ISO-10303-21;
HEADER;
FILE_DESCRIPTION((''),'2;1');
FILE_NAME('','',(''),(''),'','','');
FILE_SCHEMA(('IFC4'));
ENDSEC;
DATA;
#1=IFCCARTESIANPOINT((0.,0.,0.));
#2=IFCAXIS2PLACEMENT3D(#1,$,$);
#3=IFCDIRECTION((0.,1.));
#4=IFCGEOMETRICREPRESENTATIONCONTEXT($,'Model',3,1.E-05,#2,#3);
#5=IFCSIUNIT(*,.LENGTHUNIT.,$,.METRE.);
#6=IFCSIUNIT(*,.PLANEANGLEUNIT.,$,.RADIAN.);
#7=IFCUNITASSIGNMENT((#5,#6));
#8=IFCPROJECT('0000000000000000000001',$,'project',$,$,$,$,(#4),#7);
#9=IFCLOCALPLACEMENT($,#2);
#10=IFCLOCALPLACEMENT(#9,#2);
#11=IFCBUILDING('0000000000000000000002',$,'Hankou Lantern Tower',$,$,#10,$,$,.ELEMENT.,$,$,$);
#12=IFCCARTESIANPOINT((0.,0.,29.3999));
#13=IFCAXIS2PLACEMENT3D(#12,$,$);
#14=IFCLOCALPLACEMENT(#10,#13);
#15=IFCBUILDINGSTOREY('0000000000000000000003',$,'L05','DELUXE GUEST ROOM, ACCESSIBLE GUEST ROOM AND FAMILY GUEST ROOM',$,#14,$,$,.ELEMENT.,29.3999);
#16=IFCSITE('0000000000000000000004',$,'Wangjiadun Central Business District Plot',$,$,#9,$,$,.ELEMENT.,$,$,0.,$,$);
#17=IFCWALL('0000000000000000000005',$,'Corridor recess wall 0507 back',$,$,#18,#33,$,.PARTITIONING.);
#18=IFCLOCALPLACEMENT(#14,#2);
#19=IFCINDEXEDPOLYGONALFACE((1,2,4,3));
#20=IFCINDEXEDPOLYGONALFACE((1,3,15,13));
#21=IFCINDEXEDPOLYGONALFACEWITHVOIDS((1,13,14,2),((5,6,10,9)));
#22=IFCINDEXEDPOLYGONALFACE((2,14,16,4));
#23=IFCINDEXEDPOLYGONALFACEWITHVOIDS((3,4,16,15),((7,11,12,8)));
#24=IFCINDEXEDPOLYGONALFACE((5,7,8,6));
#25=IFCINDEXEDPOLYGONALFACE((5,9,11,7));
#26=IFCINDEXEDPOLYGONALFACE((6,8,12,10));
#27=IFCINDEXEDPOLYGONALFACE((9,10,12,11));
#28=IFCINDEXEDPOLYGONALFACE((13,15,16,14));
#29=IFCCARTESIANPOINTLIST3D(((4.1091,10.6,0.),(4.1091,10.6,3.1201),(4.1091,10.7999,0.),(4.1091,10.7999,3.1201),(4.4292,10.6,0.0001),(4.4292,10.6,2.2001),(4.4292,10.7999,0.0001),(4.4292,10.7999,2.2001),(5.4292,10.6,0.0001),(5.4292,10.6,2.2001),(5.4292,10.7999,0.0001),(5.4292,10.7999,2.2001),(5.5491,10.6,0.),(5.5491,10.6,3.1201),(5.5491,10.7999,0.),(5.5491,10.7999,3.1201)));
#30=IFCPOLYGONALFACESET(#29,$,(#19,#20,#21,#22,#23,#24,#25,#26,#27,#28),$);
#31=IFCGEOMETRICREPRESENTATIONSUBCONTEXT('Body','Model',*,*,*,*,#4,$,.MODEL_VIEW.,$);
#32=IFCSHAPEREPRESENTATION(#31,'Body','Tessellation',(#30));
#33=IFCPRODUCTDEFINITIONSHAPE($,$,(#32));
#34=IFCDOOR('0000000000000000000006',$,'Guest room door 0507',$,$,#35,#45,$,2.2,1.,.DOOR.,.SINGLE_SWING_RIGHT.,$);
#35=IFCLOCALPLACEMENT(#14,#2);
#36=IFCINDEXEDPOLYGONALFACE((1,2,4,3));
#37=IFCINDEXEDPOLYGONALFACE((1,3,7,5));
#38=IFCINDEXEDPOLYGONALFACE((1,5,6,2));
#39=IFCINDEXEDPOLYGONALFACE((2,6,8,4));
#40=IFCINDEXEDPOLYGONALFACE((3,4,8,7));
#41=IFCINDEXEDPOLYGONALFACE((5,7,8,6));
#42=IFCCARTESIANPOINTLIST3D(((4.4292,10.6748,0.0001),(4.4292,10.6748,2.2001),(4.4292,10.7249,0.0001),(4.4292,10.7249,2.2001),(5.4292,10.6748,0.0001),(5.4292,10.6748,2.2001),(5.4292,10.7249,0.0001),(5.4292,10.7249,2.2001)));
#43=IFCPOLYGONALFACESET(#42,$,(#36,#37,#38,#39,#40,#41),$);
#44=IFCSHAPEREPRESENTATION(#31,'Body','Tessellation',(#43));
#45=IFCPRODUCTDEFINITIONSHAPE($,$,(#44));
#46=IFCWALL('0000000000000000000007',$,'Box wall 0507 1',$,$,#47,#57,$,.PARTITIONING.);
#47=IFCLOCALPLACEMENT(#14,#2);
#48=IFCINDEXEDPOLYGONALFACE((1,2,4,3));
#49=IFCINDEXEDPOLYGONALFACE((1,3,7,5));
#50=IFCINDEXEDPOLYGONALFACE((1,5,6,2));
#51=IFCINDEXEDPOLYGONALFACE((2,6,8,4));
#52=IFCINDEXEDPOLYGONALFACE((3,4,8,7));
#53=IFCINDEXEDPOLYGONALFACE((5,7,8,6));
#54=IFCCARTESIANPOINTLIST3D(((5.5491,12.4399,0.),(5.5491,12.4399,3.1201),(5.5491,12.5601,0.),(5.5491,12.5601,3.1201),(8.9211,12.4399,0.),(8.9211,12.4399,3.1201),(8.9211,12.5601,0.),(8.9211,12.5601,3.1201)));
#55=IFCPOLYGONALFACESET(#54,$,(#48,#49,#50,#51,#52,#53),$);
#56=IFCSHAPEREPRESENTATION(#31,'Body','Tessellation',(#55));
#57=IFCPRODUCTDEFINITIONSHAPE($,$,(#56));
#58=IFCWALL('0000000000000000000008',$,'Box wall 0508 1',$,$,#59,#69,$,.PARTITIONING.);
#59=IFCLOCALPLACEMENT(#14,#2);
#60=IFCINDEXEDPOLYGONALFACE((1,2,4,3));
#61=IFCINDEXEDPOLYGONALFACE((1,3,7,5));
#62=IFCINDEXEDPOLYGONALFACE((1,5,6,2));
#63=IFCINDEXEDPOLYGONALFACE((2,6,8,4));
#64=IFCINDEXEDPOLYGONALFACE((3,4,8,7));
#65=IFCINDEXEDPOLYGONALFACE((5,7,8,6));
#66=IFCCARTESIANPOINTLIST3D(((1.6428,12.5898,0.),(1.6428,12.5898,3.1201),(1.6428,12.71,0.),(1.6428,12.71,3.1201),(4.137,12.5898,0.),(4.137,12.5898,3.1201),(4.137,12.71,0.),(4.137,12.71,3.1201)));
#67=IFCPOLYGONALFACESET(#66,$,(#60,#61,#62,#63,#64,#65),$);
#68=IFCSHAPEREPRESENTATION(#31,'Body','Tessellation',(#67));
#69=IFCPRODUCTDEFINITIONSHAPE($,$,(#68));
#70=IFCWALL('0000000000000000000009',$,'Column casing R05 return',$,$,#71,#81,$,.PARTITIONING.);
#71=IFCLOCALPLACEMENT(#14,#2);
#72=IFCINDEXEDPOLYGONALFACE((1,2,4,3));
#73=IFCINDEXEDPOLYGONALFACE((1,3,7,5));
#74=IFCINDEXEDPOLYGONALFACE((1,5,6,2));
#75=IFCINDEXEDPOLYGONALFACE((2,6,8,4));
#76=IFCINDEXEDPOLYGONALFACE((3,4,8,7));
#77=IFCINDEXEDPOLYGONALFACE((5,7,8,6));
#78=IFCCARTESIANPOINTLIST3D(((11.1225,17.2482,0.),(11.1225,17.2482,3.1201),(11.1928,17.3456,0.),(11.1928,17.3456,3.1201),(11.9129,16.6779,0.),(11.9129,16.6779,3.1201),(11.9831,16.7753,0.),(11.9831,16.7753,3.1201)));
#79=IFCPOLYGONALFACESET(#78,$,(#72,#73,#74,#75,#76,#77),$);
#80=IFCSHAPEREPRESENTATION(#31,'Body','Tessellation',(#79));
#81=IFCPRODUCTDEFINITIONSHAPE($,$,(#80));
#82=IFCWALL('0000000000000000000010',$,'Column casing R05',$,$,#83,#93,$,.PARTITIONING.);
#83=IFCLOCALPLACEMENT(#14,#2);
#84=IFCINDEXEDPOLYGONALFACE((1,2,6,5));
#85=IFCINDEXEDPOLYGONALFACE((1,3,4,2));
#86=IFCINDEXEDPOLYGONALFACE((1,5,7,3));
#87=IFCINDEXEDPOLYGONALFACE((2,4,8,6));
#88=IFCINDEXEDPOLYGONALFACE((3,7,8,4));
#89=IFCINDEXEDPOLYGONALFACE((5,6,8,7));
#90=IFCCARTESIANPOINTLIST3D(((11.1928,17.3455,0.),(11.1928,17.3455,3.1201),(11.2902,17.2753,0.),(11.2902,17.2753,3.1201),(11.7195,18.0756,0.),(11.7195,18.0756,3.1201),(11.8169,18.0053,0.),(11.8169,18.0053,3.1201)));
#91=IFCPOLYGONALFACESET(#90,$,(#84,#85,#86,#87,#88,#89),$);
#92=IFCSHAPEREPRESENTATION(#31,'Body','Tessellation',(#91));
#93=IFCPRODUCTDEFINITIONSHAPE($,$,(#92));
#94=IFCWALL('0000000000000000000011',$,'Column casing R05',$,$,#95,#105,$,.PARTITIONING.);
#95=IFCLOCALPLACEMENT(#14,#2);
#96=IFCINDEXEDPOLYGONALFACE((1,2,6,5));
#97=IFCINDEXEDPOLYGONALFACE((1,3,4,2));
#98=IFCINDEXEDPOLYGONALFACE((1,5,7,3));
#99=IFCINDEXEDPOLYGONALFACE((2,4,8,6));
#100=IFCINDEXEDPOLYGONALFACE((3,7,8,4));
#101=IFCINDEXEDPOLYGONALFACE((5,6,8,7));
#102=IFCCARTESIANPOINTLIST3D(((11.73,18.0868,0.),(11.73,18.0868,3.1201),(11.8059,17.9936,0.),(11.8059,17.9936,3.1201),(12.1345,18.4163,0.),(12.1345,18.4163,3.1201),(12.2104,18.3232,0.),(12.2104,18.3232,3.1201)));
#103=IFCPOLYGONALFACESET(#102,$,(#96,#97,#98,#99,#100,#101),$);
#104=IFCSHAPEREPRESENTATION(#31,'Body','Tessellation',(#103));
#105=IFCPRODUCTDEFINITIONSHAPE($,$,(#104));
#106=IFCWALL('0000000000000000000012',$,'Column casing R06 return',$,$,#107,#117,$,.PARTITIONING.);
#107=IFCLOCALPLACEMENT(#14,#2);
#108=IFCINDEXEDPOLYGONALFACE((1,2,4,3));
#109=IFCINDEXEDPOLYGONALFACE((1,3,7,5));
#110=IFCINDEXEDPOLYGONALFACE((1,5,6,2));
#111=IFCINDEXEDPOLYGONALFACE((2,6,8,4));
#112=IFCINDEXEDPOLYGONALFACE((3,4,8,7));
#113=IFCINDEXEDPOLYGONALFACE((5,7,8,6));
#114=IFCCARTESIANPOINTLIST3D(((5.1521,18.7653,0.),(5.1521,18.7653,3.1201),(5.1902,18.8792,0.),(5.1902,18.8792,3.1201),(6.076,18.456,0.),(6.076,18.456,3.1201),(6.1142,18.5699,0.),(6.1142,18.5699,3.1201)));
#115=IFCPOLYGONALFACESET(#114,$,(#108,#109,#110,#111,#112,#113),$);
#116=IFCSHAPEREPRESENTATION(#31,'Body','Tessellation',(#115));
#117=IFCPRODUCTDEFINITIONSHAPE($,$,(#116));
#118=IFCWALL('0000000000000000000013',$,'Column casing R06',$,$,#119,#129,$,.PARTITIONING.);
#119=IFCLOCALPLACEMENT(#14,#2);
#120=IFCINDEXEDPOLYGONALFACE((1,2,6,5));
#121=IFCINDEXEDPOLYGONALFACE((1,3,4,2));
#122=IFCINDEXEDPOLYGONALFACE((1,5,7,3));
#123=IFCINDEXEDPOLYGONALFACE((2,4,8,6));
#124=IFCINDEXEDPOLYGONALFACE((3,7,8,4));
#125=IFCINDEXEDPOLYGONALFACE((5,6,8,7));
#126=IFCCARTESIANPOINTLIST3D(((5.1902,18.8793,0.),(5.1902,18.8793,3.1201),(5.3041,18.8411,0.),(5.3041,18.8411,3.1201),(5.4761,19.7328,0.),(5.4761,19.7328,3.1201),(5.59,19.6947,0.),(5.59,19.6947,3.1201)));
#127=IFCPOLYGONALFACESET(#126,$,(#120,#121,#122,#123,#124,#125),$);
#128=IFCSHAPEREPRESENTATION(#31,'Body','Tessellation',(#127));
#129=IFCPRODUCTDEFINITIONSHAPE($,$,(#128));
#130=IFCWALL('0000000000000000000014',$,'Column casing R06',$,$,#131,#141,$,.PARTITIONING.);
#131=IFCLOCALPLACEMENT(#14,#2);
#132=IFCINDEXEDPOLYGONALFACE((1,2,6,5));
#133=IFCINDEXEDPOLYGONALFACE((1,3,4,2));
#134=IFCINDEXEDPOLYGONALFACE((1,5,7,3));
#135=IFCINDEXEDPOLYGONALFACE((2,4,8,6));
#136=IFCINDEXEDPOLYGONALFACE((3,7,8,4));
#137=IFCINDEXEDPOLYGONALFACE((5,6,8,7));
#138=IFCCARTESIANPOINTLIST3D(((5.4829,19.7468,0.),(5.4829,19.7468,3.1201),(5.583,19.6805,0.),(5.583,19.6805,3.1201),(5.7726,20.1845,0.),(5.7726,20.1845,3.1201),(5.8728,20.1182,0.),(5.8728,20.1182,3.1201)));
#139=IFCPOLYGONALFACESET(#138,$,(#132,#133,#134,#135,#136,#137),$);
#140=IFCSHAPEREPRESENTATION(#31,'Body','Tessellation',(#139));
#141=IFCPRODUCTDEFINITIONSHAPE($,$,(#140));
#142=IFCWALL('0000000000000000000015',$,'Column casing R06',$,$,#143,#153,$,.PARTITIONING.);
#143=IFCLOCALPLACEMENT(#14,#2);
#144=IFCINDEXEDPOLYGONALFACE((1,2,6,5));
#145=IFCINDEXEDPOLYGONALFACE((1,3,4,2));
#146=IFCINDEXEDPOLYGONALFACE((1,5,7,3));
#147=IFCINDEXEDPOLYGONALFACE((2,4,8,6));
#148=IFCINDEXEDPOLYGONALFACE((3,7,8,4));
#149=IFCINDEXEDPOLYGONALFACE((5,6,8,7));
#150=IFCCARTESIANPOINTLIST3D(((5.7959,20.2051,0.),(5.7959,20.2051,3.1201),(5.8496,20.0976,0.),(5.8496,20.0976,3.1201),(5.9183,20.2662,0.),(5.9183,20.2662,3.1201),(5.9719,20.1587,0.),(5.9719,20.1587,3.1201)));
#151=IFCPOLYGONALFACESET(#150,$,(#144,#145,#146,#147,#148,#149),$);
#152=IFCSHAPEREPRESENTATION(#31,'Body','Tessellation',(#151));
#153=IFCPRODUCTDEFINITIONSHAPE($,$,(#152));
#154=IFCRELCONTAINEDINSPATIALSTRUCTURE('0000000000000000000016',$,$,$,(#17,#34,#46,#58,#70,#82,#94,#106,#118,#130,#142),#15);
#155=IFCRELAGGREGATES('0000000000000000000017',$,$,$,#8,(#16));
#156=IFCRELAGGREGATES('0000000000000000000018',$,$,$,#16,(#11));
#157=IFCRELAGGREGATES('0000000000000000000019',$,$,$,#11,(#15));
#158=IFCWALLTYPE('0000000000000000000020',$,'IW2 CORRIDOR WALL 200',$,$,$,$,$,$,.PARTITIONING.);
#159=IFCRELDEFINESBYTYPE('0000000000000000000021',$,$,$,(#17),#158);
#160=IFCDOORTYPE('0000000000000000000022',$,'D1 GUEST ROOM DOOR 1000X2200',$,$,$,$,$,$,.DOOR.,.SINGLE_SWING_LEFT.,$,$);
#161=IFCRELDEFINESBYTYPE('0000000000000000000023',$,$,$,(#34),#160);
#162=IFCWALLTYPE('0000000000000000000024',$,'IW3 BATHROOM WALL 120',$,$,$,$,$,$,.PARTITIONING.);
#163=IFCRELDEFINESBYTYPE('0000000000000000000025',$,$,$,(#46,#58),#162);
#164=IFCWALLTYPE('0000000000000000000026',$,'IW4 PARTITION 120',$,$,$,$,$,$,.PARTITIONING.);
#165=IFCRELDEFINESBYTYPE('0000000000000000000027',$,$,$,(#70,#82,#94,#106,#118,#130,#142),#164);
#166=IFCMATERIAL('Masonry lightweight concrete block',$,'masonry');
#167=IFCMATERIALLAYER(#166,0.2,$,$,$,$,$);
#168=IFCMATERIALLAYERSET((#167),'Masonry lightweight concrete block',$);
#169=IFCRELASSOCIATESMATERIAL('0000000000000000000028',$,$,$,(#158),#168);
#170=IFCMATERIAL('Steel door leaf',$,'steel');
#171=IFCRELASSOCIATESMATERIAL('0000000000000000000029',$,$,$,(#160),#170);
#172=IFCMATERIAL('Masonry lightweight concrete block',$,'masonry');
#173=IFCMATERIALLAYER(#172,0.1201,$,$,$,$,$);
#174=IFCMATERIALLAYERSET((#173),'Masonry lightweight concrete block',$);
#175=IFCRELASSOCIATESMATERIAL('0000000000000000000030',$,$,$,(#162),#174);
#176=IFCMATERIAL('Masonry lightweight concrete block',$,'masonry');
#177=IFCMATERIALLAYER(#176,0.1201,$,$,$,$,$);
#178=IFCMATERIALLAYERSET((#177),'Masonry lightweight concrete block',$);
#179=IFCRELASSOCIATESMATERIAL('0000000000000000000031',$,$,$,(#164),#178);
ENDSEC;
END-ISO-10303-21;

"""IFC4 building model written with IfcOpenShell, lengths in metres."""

from ifc_helpers import new_model, si_unit, direction, frame, frame_2d, origin, place, context, subcontext, project, spatial, rectangle, extrude, material, layer, layer_set, type_object, element, fill, save


model = new_model("IFC4")

# Units and contexts
model_context = context("Model", 3, precision=1e-05, world=origin(), true_north=direction((0.0, 1.0)))
body_context = subcontext(model_context, "Body", "Model", "MODEL_VIEW")
ifc_project = project(units=[si_unit("LENGTHUNIT", "METRE"), si_unit("PLANEANGLEUNIT", "RADIAN")], contexts=[model_context])

# Site, building, storey
site_placement = place(None, origin())
site = spatial("IfcSite", under=ifc_project, at=site_placement, Name="Wangjiadun Central Business District Plot", CompositionType="ELEMENT", RefElevation=0.0)
building_placement = place(site_placement, origin())
building = spatial("IfcBuilding", under=site, at=building_placement, Name="Hankou Lantern Tower", CompositionType="ELEMENT")
storey_placement = place(building_placement, frame((0.0, 0.0, 29.3999)))
storey = spatial("IfcBuildingStorey", under=building, at=storey_placement, Name="L05", Description="DELUXE GUEST ROOM, ACCESSIBLE GUEST ROOM AND FAMILY GUEST ROOM", CompositionType="ELEMENT", Elevation=29.3999)

# Wall, opening, door
ifc_material_1 = material(Name="Masonry lightweight concrete block", Category="masonry")
ifc_layer_1 = layer(ifc_material_1, 0.2)
ifc_layer_set_1 = layer_set([ifc_layer_1], Name="Masonry lightweight concrete block")
wall_type_1 = type_object("IfcWallType", Name="IW2 CORRIDOR WALL 200", PredefinedType="PARTITIONING", material=ifc_layer_set_1)
wall_1_placement = place(storey_placement, frame((4.1091, 10.7, 0.0), z_axis=(0.0, 0.0, 1.0), x_axis=(1.0, 0.0, 0.0)))
wall_1 = element("IfcWall", 1, at=wall_1_placement, inside=storey, type_object=wall_type_1, Name="Corridor recess wall 0507 back", PredefinedType="PARTITIONING", context=body_context, shape_type="SweptSolid", body=[
    extrude(rectangle(XDim=1.4399, YDim=0.2, at=frame_2d((0.72, 0.0))), origin(), (0.0, 0.0, 1.0), 3.1201),
])
opening_1_placement = place(wall_1_placement, frame((0.3201, 0.0, 0.0)))
opening_1 = element("IfcOpeningElement", 2, at=opening_1_placement, cuts=wall_1, PredefinedType="OPENING", context=body_context, shape_type="SweptSolid", body=[
    extrude(rectangle(XDim=1.0, YDim=2.2, at=frame_2d((0.5, 1.1001))), frame((0.0, 0.1099, 0.0), z_axis=(0.0, -1.0, 0.0), x_axis=(1.0, 0.0, 0.0)), (0.0, 0.0, 1.0), 0.22),
])
ifc_material_2 = material(Name="Steel door leaf", Category="steel")
door_type = type_object("IfcDoorType", Name="D1 GUEST ROOM DOOR 1000X2200", OperationType="SINGLE_SWING_LEFT", PredefinedType="DOOR", material=ifc_material_2)
door_placement = place(opening_1_placement, origin())
door = element("IfcDoor", 3, at=door_placement, inside=storey, type_object=door_type, Name="Guest room door 0507", OperationType="SINGLE_SWING_RIGHT", OverallHeight=2.2, OverallWidth=1.0, PredefinedType="DOOR", context=body_context, shape_type="SweptSolid", body=[
    extrude(rectangle(XDim=1.0, YDim=2.2, at=frame_2d((0.5, 1.1001))), frame((0.0, 0.0249, 0.0), z_axis=(0.0, -1.0, 0.0), x_axis=(1.0, 0.0, 0.0)), (0.0, 0.0, 1.0), 0.05),
])
fill(opening_1, door)

# Walls
ifc_material_3 = material(Name="Masonry lightweight concrete block", Category="masonry")
ifc_layer_2 = layer(ifc_material_3, 0.1201)
ifc_layer_set_2 = layer_set([ifc_layer_2], Name="Masonry lightweight concrete block")
wall_type_2 = type_object("IfcWallType", Name="IW3 BATHROOM WALL 120", PredefinedType="PARTITIONING", material=ifc_layer_set_2)
wall_2_placement = place(storey_placement, frame((8.9211, 12.5, 0.0), z_axis=(0.0, 0.0, 1.0), x_axis=(-1.0, 0.0, 0.0)))
element("IfcWall", 4, at=wall_2_placement, inside=storey, type_object=wall_type_2, Name="Box wall 0507 1", PredefinedType="PARTITIONING", context=body_context, shape_type="SweptSolid", body=[
    extrude(rectangle(XDim=3.3721, YDim=0.1201, at=frame_2d((1.686, 0.0))), origin(), (0.0, 0.0, 1.0), 3.1201),
])
wall_3_placement = place(storey_placement, frame((4.137, 12.6499, 0.0), z_axis=(0.0, 0.0, 1.0), x_axis=(-1.0, 0.0, 0.0)))
element("IfcWall", 5, at=wall_3_placement, inside=storey, type_object=wall_type_2, Name="Box wall 0508 1", PredefinedType="PARTITIONING", context=body_context, shape_type="SweptSolid", body=[
    extrude(rectangle(XDim=2.4941, YDim=0.1201, at=frame_2d((1.2471, 0.0))), origin(), (0.0, 0.0, 1.0), 3.1201),
])
ifc_material_4 = material(Name="Masonry lightweight concrete block", Category="masonry")
ifc_layer_3 = layer(ifc_material_4, 0.1201)
ifc_layer_set_3 = layer_set([ifc_layer_3], Name="Masonry lightweight concrete block")
wall_type_3 = type_object("IfcWallType", Name="IW4 PARTITION 120", PredefinedType="PARTITIONING", material=ifc_layer_set_3)
wall_4_placement = place(storey_placement, frame((11.948, 16.7266, 0.0), z_axis=(0.0, 0.0, 1.0), x_axis=(-0.810897, 0.585189, 0.0)))
element("IfcWall", 6, at=wall_4_placement, inside=storey, type_object=wall_type_3, Name="Column casing R05 return", PredefinedType="PARTITIONING", context=body_context, shape_type="SweptSolid", body=[
    extrude(rectangle(XDim=0.9746, YDim=0.1201, at=frame_2d((0.4873, 0.0))), origin(), (0.0, 0.0, 1.0), 3.1201),
])
wall_5_placement = place(storey_placement, frame((11.2415, 17.3103, 0.0), z_axis=(0.0, 0.0, 1.0), x_axis=(0.585055, 0.810994, 0.0)))
element("IfcWall", 7, at=wall_5_placement, inside=storey, type_object=wall_type_3, Name="Column casing R05", PredefinedType="PARTITIONING", context=body_context, shape_type="SweptSolid", body=[
    extrude(rectangle(XDim=0.9001, YDim=0.1201, at=frame_2d((0.4502, 0.0))), origin(), (0.0, 0.0, 1.0), 3.1201),
])
wall_6_placement = place(storey_placement, frame((11.7681, 18.0403, 0.0), z_axis=(0.0, 0.0, 1.0), x_axis=(0.775269, 0.631631, 0.0)))
element("IfcWall", 8, at=wall_6_placement, inside=storey, type_object=wall_type_3, Name="Column casing R05", PredefinedType="PARTITIONING", context=body_context, shape_type="SweptSolid", body=[
    extrude(rectangle(XDim=0.5217, YDim=0.1201, at=frame_2d((0.2607, 0.0))), origin(), (0.0, 0.0, 1.0), 3.1201),
])
wall_7_placement = place(storey_placement, frame((6.0952, 18.5129, 0.0), z_axis=(0.0, 0.0, 1.0), x_axis=(-0.948282, 0.31743, 0.0)))
element("IfcWall", 9, at=wall_7_placement, inside=storey, type_object=wall_type_3, Name="Column casing R06 return", PredefinedType="PARTITIONING", context=body_context, shape_type="SweptSolid", body=[
    extrude(rectangle(XDim=0.9744, YDim=0.1201, at=frame_2d((0.4873, 0.0))), origin(), (0.0, 0.0, 1.0), 3.1201),
])
wall_8_placement = place(storey_placement, frame((5.2471, 18.8601, 0.0), z_axis=(0.0, 0.0, 1.0), x_axis=(0.317611, 0.948221, 0.0)))
element("IfcWall", 10, at=wall_8_placement, inside=storey, type_object=wall_type_3, Name="Column casing R06", PredefinedType="PARTITIONING", context=body_context, shape_type="SweptSolid", body=[
    extrude(rectangle(XDim=0.9001, YDim=0.1201, at=frame_2d((0.4502, 0.0))), origin(), (0.0, 0.0, 1.0), 3.1201),
])
wall_9_placement = place(storey_placement, frame((5.533, 19.7136, 0.0), z_axis=(0.0, 0.0, 1.0), x_axis=(0.552014, 0.833835, 0.0)))
element("IfcWall", 11, at=wall_9_placement, inside=storey, type_object=wall_type_3, Name="Column casing R06", PredefinedType="PARTITIONING", context=body_context, shape_type="SweptSolid", body=[
    extrude(rectangle(XDim=0.5249, YDim=0.1201, at=frame_2d((0.2625, 0.0))), origin(), (0.0, 0.0, 1.0), 3.1201),
])
wall_10_placement = place(storey_placement, frame((5.8228, 20.1514, 0.0), z_axis=(0.0, 0.0, 1.0), x_axis=(0.894784, 0.446499, 0.0)))
element("IfcWall", 12, at=wall_10_placement, inside=storey, type_object=wall_type_3, Name="Column casing R06", PredefinedType="PARTITIONING", context=body_context, shape_type="SweptSolid", body=[
    extrude(rectangle(XDim=0.1367, YDim=0.1201, at=frame_2d((0.0684, 0.0))), origin(), (0.0, 0.0, 1.0), 3.1201),
])

save(model, "model.ifc")
